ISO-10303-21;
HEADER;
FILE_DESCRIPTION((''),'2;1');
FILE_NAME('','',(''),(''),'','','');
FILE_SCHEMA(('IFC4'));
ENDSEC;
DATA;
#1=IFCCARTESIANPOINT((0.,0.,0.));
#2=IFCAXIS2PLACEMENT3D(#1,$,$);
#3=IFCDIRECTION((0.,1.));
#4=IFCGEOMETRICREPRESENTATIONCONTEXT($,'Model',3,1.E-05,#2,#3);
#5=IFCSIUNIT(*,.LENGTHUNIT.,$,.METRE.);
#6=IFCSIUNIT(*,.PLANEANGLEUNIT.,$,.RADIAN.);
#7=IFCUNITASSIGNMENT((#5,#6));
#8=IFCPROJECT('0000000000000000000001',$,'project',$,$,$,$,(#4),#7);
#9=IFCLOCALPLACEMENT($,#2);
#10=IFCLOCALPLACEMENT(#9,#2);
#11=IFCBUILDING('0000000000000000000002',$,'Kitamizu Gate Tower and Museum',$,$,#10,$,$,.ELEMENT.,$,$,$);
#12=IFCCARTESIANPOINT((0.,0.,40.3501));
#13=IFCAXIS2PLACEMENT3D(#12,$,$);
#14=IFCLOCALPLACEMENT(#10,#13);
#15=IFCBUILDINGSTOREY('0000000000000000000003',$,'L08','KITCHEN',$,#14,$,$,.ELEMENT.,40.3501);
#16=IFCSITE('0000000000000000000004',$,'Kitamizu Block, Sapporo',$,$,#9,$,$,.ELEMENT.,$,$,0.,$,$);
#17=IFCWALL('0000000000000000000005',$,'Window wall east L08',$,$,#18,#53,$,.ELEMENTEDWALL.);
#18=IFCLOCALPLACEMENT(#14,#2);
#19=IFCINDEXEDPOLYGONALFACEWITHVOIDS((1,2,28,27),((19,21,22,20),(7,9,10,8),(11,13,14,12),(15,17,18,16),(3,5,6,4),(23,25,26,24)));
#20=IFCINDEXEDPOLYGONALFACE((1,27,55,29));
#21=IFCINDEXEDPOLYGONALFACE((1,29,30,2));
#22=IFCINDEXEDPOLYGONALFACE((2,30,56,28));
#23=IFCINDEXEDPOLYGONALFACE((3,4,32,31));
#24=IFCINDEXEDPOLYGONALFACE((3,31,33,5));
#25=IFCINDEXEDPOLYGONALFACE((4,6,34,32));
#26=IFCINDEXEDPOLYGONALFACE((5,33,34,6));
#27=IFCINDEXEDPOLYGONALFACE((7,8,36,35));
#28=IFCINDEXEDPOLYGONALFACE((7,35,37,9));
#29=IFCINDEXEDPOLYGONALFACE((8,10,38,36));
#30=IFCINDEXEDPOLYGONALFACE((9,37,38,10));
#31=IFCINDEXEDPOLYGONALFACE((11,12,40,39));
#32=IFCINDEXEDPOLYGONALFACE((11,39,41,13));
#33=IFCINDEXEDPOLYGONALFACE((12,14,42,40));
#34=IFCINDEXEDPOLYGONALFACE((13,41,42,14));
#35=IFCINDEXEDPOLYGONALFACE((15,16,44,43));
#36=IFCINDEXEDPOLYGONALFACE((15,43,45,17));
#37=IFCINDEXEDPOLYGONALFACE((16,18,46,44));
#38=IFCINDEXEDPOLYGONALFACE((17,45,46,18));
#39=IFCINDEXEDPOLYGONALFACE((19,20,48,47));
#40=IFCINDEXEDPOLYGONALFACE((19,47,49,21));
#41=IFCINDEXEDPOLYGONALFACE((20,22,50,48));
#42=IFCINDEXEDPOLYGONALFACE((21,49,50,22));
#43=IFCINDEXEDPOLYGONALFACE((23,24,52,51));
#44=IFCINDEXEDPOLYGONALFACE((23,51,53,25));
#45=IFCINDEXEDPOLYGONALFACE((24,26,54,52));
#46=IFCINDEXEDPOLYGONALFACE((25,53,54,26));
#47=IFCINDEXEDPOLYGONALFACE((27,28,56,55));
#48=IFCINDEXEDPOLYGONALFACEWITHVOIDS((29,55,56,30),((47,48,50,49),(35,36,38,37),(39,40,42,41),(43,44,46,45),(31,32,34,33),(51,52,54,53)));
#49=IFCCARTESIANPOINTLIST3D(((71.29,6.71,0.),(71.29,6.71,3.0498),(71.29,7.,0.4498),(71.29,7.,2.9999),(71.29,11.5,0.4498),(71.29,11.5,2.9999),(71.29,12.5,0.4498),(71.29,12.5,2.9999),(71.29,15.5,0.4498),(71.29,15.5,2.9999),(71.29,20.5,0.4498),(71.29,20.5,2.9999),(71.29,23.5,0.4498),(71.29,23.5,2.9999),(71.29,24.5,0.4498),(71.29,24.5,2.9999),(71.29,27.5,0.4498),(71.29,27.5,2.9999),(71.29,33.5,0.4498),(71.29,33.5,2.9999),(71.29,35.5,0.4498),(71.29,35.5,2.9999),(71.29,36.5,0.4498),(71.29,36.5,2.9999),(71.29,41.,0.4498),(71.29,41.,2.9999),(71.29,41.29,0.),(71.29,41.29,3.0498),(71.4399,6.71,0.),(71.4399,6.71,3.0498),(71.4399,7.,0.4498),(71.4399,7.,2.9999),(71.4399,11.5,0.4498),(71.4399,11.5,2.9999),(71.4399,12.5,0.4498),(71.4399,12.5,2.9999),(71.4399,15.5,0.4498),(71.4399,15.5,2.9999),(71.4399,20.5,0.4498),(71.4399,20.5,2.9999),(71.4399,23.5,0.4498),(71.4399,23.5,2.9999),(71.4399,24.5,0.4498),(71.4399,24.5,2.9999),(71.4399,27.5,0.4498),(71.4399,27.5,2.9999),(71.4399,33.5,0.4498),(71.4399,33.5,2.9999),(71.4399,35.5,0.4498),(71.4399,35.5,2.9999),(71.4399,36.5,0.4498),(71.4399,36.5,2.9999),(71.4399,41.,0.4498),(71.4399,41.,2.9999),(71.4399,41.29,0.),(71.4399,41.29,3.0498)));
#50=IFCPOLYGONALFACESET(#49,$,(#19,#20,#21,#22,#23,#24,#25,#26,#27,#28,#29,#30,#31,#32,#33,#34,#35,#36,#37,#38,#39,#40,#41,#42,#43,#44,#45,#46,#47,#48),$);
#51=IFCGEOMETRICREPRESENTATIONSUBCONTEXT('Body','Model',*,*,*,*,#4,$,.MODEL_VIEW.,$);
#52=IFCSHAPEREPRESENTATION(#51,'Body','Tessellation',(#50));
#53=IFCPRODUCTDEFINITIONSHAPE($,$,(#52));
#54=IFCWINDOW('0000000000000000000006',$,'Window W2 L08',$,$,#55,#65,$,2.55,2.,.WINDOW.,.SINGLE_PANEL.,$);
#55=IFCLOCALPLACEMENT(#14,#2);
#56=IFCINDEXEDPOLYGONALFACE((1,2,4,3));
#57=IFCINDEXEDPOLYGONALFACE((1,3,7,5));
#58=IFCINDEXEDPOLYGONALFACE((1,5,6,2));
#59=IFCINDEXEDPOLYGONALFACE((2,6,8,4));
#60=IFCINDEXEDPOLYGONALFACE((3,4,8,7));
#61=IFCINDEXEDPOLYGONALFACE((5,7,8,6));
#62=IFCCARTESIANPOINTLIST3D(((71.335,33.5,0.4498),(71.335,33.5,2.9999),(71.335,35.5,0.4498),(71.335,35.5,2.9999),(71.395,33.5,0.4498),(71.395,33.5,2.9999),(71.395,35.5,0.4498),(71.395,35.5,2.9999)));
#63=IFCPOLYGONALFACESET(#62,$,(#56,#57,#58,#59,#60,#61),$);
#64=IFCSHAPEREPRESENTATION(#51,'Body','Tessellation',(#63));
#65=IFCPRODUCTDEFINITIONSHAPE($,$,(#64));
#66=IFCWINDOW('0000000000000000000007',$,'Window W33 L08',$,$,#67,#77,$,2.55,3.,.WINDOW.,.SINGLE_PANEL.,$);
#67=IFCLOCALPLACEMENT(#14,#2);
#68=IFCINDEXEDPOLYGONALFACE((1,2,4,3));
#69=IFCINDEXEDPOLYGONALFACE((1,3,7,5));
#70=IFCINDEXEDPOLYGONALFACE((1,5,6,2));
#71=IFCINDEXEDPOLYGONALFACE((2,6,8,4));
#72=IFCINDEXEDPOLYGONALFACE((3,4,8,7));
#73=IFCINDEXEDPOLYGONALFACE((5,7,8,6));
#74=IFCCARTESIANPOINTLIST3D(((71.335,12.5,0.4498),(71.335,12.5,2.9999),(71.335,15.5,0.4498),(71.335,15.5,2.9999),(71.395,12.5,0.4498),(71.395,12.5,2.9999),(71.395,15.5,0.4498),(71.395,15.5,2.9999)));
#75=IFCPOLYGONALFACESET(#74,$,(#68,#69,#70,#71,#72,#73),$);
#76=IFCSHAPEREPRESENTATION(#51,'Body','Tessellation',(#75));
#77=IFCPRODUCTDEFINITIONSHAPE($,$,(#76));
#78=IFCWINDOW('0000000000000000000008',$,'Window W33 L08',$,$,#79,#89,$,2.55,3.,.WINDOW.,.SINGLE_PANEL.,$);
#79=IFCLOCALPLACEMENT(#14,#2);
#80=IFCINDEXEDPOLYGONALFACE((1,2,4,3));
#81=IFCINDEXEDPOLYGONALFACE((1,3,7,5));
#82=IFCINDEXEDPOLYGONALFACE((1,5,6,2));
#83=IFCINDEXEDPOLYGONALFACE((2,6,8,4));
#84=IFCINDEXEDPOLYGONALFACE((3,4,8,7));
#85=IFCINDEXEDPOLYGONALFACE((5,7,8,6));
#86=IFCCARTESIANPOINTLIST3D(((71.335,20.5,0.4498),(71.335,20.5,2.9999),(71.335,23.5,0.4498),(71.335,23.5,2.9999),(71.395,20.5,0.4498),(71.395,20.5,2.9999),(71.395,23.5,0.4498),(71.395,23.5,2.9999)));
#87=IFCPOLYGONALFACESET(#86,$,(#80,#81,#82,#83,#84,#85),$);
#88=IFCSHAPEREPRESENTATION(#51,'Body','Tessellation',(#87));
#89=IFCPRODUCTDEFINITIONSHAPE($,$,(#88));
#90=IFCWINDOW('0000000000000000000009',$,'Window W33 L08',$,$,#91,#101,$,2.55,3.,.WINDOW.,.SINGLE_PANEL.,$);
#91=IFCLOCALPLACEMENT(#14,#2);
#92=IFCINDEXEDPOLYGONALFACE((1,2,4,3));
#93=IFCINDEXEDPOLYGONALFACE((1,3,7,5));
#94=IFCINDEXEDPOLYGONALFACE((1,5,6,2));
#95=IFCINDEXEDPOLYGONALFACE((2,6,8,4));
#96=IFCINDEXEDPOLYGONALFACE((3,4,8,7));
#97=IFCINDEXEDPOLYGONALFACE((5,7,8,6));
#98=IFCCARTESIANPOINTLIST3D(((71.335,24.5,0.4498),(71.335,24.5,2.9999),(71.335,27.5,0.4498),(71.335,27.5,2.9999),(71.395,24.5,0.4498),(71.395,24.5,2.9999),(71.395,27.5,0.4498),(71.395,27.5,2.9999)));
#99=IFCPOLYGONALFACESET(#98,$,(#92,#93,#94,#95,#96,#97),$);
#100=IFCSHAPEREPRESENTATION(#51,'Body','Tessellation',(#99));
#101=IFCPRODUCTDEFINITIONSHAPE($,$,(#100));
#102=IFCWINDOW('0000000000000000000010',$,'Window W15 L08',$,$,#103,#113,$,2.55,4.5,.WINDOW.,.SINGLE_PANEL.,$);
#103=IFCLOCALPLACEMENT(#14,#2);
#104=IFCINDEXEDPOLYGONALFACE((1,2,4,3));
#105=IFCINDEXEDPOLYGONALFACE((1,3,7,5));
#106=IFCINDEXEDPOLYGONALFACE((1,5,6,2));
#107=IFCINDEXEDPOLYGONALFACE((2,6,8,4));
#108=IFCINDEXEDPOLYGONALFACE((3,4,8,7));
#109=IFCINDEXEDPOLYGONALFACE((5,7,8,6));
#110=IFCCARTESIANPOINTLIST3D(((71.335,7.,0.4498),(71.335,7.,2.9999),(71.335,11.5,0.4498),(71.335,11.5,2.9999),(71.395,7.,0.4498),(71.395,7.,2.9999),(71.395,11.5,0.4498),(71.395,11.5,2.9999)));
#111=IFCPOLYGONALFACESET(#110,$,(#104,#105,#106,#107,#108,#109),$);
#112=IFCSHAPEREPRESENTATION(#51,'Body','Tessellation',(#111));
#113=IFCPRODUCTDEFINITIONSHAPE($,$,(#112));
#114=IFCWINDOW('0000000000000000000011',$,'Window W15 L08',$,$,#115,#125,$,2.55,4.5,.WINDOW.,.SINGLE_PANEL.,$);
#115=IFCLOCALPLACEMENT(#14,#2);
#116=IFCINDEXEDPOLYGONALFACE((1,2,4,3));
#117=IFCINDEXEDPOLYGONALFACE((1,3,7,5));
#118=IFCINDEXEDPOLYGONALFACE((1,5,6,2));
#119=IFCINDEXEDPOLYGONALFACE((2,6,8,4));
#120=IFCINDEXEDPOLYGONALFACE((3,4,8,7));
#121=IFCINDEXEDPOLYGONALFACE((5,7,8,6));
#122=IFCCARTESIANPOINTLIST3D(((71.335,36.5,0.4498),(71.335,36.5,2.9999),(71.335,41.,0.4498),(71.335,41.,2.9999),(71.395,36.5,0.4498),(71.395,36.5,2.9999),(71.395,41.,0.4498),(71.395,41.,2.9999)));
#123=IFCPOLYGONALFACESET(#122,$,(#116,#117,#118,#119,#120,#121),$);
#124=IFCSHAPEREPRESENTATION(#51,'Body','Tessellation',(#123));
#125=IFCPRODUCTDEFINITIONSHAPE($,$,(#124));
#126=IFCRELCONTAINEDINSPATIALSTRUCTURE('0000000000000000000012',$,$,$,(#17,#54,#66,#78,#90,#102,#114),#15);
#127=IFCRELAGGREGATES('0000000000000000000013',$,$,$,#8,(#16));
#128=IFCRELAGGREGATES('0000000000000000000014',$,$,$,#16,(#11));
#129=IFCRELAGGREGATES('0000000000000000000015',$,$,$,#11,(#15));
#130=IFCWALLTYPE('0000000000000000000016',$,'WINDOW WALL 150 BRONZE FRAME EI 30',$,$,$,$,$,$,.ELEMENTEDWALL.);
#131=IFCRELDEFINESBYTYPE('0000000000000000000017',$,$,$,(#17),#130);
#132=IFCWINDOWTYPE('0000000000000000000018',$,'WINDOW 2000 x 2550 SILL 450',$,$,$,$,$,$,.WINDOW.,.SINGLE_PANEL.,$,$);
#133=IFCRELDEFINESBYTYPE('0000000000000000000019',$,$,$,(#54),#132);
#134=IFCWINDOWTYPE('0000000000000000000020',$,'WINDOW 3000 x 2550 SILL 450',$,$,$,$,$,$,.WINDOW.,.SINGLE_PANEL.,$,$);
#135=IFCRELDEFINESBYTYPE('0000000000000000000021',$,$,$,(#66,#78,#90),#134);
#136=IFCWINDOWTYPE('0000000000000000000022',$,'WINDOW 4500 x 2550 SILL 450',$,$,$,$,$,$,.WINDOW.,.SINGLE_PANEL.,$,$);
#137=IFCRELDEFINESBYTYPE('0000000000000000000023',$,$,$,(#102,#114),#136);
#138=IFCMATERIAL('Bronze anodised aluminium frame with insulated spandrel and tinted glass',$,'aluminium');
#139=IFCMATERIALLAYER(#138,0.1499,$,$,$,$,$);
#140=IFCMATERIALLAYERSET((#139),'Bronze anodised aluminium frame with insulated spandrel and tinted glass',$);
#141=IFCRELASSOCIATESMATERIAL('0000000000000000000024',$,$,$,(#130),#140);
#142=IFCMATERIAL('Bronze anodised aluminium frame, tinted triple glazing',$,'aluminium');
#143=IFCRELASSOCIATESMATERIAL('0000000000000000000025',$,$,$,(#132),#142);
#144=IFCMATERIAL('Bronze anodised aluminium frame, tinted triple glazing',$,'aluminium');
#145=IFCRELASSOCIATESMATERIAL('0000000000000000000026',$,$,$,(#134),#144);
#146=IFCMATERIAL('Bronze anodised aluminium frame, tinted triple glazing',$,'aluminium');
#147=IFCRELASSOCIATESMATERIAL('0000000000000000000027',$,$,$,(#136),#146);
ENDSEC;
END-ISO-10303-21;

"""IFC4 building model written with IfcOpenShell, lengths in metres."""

from ifc_helpers import new_model, si_unit, direction, frame, frame_2d, origin, place, context, subcontext, project, spatial, rectangle, extrude, material, layer, layer_set, type_object, element, fill, save


model = new_model("IFC4")

# Units and contexts
model_context = context("Model", 3, precision=1e-05, world=origin(), true_north=direction((0.0, 1.0)))
body_context = subcontext(model_context, "Body", "Model", "MODEL_VIEW")
ifc_project = project(units=[si_unit("LENGTHUNIT", "METRE"), si_unit("PLANEANGLEUNIT", "RADIAN")], contexts=[model_context])

# Site, building, storey
site_placement = place(None, origin())
site = spatial("IfcSite", under=ifc_project, at=site_placement, Name="Kitamizu Block, Sapporo", CompositionType="ELEMENT", RefElevation=0.0)
building_placement = place(site_placement, origin())
building = spatial("IfcBuilding", under=site, at=building_placement, Name="Kitamizu Gate Tower and Museum", CompositionType="ELEMENT")
storey_placement = place(building_placement, frame((0.0, 0.0, 40.3501)))
storey = spatial("IfcBuildingStorey", under=building, at=storey_placement, Name="L08", Description="KITCHEN", CompositionType="ELEMENT", Elevation=40.3501)

# Shared definitions
ifc_material_1 = material(Name="Bronze anodised aluminium frame with insulated spandrel and tinted glass", Category="aluminium")
ifc_layer_1 = layer(ifc_material_1, 0.1499)
ifc_layer_set_1 = layer_set([ifc_layer_1], Name="Bronze anodised aluminium frame with insulated spandrel and tinted glass")
wall_type_1 = type_object("IfcWallType", Name="WINDOW WALL 150 BRONZE FRAME EI 30", PredefinedType="ELEMENTEDWALL", material=ifc_layer_set_1)

# Wall, openings, windows
wall_1_placement = place(storey_placement, frame((71.365, 6.71, 0.0), z_axis=(0.0, 0.0, 1.0), x_axis=(0.0, 1.0, 0.0)))
wall_1 = element("IfcWall", 1, at=wall_1_placement, inside=storey, type_object=wall_type_1, Name="Window wall east L08", PredefinedType="ELEMENTEDWALL", context=body_context, shape_type="SweptSolid", body=[
    extrude(rectangle(XDim=34.5801, YDim=0.1499, at=frame_2d((17.29, 0.0))), origin(), (0.0, 0.0, 1.0), 3.0498),
])
opening_1_placement = place(wall_1_placement, frame((0.29, 0.0, 0.45)))
opening_1 = element("IfcOpeningElement", 2, at=opening_1_placement, cuts=wall_1, PredefinedType="OPENING", context=body_context, shape_type="SweptSolid", body=[
    extrude(rectangle(XDim=4.5, YDim=2.55, at=frame_2d((2.25, 1.2749))), frame((0.0, 0.085, 0.0), z_axis=(0.0, -1.0, 0.0), x_axis=(1.0, 0.0, 0.0)), (0.0, 0.0, 1.0), 0.1699),
])
opening_2_placement = place(wall_1_placement, frame((5.79, 0.0, 0.45)))
opening_2 = element("IfcOpeningElement", 3, at=opening_2_placement, cuts=wall_1, PredefinedType="OPENING", context=body_context, shape_type="SweptSolid", body=[
    extrude(rectangle(XDim=3.0, YDim=2.55, at=frame_2d((1.5, 1.2749))), frame((0.0, 0.085, 0.0), z_axis=(0.0, -1.0, 0.0), x_axis=(1.0, 0.0, 0.0)), (0.0, 0.0, 1.0), 0.1699),
])
opening_3_placement = place(wall_1_placement, frame((13.79, 0.0, 0.45)))
opening_3 = element("IfcOpeningElement", 4, at=opening_3_placement, cuts=wall_1, PredefinedType="OPENING", context=body_context, shape_type="SweptSolid", body=[
    extrude(rectangle(XDim=3.0, YDim=2.55, at=frame_2d((1.5, 1.2749))), frame((0.0, 0.085, 0.0), z_axis=(0.0, -1.0, 0.0), x_axis=(1.0, 0.0, 0.0)), (0.0, 0.0, 1.0), 0.1699),
])
opening_4_placement = place(wall_1_placement, frame((17.79, 0.0, 0.45)))
opening_4 = element("IfcOpeningElement", 5, at=opening_4_placement, cuts=wall_1, PredefinedType="OPENING", context=body_context, shape_type="SweptSolid", body=[
    extrude(rectangle(XDim=3.0, YDim=2.55, at=frame_2d((1.5, 1.2749))), frame((0.0, 0.085, 0.0), z_axis=(0.0, -1.0, 0.0), x_axis=(1.0, 0.0, 0.0)), (0.0, 0.0, 1.0), 0.1699),
])
opening_5_placement = place(wall_1_placement, frame((26.79, 0.0, 0.45)))
opening_5 = element("IfcOpeningElement", 6, at=opening_5_placement, cuts=wall_1, PredefinedType="OPENING", context=body_context, shape_type="SweptSolid", body=[
    extrude(rectangle(XDim=2.0, YDim=2.55, at=frame_2d((1.0, 1.2749))), frame((0.0, 0.085, 0.0), z_axis=(0.0, -1.0, 0.0), x_axis=(1.0, 0.0, 0.0)), (0.0, 0.0, 1.0), 0.1699),
])
opening_6_placement = place(wall_1_placement, frame((29.79, 0.0, 0.45)))
opening_6 = element("IfcOpeningElement", 7, at=opening_6_placement, cuts=wall_1, PredefinedType="OPENING", context=body_context, shape_type="SweptSolid", body=[
    extrude(rectangle(XDim=4.5, YDim=2.55, at=frame_2d((2.25, 1.2749))), frame((0.0, 0.085, 0.0), z_axis=(0.0, -1.0, 0.0), x_axis=(1.0, 0.0, 0.0)), (0.0, 0.0, 1.0), 0.1699),
])
ifc_material_2 = material(Name="Bronze anodised aluminium frame, tinted triple glazing", Category="aluminium")
window_type_1 = type_object("IfcWindowType", Name="WINDOW 2000 x 2550 SILL 450", PartitioningType="SINGLE_PANEL", PredefinedType="WINDOW", material=ifc_material_2)
window_1_placement = place(opening_5_placement, origin())
window_1 = element("IfcWindow", 8, at=window_1_placement, inside=storey, type_object=window_type_1, Name="Window W2 L08", OverallHeight=2.55, OverallWidth=2.0, PartitioningType="SINGLE_PANEL", PredefinedType="WINDOW", context=body_context, shape_type="SweptSolid", body=[
    extrude(rectangle(XDim=2.0, YDim=2.55, at=frame_2d((1.0, 1.2749))), frame((0.0, 0.03, 0.0), z_axis=(0.0, -1.0, 0.0), x_axis=(1.0, 0.0, 0.0)), (0.0, 0.0, 1.0), 0.0601),
])
fill(opening_5, window_1)
ifc_material_3 = material(Name="Bronze anodised aluminium frame, tinted triple glazing", Category="aluminium")
window_type_2 = type_object("IfcWindowType", Name="WINDOW 3000 x 2550 SILL 450", PartitioningType="SINGLE_PANEL", PredefinedType="WINDOW", material=ifc_material_3)
window_2_placement = place(opening_2_placement, origin())
window_2 = element("IfcWindow", 9, at=window_2_placement, inside=storey, type_object=window_type_2, Name="Window W33 L08", OverallHeight=2.55, OverallWidth=3.0, PartitioningType="SINGLE_PANEL", PredefinedType="WINDOW", context=body_context, shape_type="SweptSolid", body=[
    extrude(rectangle(XDim=3.0, YDim=2.55, at=frame_2d((1.5, 1.2749))), frame((0.0, 0.03, 0.0), z_axis=(0.0, -1.0, 0.0), x_axis=(1.0, 0.0, 0.0)), (0.0, 0.0, 1.0), 0.0601),
])
fill(opening_2, window_2)
window_3_placement = place(opening_3_placement, origin())
window_3 = element("IfcWindow", 10, at=window_3_placement, inside=storey, type_object=window_type_2, Name="Window W33 L08", OverallHeight=2.55, OverallWidth=3.0, PartitioningType="SINGLE_PANEL", PredefinedType="WINDOW", context=body_context, shape_type="SweptSolid", body=[
    extrude(rectangle(XDim=3.0, YDim=2.55, at=frame_2d((1.5, 1.2749))), frame((0.0, 0.03, 0.0), z_axis=(0.0, -1.0, 0.0), x_axis=(1.0, 0.0, 0.0)), (0.0, 0.0, 1.0), 0.0601),
])
fill(opening_3, window_3)
window_4_placement = place(opening_4_placement, origin())
window_4 = element("IfcWindow", 11, at=window_4_placement, inside=storey, type_object=window_type_2, Name="Window W33 L08", OverallHeight=2.55, OverallWidth=3.0, PartitioningType="SINGLE_PANEL", PredefinedType="WINDOW", context=body_context, shape_type="SweptSolid", body=[
    extrude(rectangle(XDim=3.0, YDim=2.55, at=frame_2d((1.5, 1.2749))), frame((0.0, 0.03, 0.0), z_axis=(0.0, -1.0, 0.0), x_axis=(1.0, 0.0, 0.0)), (0.0, 0.0, 1.0), 0.0601),
])
fill(opening_4, window_4)
ifc_material_4 = material(Name="Bronze anodised aluminium frame, tinted triple glazing", Category="aluminium")
window_type_3 = type_object("IfcWindowType", Name="WINDOW 4500 x 2550 SILL 450", PartitioningType="SINGLE_PANEL", PredefinedType="WINDOW", material=ifc_material_4)
window_5_placement = place(opening_1_placement, origin())
window_5 = element("IfcWindow", 12, at=window_5_placement, inside=storey, type_object=window_type_3, Name="Window W15 L08", OverallHeight=2.55, OverallWidth=4.5, PartitioningType="SINGLE_PANEL", PredefinedType="WINDOW", context=body_context, shape_type="SweptSolid", body=[
    extrude(rectangle(XDim=4.5, YDim=2.55, at=frame_2d((2.25, 1.2749))), frame((0.0, 0.03, 0.0), z_axis=(0.0, -1.0, 0.0), x_axis=(1.0, 0.0, 0.0)), (0.0, 0.0, 1.0), 0.0601),
])
fill(opening_1, window_5)
window_6_placement = place(opening_6_placement, origin())
window_6 = element("IfcWindow", 13, at=window_6_placement, inside=storey, type_object=window_type_3, Name="Window W15 L08", OverallHeight=2.55, OverallWidth=4.5, PartitioningType="SINGLE_PANEL", PredefinedType="WINDOW", context=body_context, shape_type="SweptSolid", body=[
    extrude(rectangle(XDim=4.5, YDim=2.55, at=frame_2d((2.25, 1.2749))), frame((0.0, 0.03, 0.0), z_axis=(0.0, -1.0, 0.0), x_axis=(1.0, 0.0, 0.0)), (0.0, 0.0, 1.0), 0.0601),
])
fill(opening_6, window_6)

save(model, "model.ifc")
